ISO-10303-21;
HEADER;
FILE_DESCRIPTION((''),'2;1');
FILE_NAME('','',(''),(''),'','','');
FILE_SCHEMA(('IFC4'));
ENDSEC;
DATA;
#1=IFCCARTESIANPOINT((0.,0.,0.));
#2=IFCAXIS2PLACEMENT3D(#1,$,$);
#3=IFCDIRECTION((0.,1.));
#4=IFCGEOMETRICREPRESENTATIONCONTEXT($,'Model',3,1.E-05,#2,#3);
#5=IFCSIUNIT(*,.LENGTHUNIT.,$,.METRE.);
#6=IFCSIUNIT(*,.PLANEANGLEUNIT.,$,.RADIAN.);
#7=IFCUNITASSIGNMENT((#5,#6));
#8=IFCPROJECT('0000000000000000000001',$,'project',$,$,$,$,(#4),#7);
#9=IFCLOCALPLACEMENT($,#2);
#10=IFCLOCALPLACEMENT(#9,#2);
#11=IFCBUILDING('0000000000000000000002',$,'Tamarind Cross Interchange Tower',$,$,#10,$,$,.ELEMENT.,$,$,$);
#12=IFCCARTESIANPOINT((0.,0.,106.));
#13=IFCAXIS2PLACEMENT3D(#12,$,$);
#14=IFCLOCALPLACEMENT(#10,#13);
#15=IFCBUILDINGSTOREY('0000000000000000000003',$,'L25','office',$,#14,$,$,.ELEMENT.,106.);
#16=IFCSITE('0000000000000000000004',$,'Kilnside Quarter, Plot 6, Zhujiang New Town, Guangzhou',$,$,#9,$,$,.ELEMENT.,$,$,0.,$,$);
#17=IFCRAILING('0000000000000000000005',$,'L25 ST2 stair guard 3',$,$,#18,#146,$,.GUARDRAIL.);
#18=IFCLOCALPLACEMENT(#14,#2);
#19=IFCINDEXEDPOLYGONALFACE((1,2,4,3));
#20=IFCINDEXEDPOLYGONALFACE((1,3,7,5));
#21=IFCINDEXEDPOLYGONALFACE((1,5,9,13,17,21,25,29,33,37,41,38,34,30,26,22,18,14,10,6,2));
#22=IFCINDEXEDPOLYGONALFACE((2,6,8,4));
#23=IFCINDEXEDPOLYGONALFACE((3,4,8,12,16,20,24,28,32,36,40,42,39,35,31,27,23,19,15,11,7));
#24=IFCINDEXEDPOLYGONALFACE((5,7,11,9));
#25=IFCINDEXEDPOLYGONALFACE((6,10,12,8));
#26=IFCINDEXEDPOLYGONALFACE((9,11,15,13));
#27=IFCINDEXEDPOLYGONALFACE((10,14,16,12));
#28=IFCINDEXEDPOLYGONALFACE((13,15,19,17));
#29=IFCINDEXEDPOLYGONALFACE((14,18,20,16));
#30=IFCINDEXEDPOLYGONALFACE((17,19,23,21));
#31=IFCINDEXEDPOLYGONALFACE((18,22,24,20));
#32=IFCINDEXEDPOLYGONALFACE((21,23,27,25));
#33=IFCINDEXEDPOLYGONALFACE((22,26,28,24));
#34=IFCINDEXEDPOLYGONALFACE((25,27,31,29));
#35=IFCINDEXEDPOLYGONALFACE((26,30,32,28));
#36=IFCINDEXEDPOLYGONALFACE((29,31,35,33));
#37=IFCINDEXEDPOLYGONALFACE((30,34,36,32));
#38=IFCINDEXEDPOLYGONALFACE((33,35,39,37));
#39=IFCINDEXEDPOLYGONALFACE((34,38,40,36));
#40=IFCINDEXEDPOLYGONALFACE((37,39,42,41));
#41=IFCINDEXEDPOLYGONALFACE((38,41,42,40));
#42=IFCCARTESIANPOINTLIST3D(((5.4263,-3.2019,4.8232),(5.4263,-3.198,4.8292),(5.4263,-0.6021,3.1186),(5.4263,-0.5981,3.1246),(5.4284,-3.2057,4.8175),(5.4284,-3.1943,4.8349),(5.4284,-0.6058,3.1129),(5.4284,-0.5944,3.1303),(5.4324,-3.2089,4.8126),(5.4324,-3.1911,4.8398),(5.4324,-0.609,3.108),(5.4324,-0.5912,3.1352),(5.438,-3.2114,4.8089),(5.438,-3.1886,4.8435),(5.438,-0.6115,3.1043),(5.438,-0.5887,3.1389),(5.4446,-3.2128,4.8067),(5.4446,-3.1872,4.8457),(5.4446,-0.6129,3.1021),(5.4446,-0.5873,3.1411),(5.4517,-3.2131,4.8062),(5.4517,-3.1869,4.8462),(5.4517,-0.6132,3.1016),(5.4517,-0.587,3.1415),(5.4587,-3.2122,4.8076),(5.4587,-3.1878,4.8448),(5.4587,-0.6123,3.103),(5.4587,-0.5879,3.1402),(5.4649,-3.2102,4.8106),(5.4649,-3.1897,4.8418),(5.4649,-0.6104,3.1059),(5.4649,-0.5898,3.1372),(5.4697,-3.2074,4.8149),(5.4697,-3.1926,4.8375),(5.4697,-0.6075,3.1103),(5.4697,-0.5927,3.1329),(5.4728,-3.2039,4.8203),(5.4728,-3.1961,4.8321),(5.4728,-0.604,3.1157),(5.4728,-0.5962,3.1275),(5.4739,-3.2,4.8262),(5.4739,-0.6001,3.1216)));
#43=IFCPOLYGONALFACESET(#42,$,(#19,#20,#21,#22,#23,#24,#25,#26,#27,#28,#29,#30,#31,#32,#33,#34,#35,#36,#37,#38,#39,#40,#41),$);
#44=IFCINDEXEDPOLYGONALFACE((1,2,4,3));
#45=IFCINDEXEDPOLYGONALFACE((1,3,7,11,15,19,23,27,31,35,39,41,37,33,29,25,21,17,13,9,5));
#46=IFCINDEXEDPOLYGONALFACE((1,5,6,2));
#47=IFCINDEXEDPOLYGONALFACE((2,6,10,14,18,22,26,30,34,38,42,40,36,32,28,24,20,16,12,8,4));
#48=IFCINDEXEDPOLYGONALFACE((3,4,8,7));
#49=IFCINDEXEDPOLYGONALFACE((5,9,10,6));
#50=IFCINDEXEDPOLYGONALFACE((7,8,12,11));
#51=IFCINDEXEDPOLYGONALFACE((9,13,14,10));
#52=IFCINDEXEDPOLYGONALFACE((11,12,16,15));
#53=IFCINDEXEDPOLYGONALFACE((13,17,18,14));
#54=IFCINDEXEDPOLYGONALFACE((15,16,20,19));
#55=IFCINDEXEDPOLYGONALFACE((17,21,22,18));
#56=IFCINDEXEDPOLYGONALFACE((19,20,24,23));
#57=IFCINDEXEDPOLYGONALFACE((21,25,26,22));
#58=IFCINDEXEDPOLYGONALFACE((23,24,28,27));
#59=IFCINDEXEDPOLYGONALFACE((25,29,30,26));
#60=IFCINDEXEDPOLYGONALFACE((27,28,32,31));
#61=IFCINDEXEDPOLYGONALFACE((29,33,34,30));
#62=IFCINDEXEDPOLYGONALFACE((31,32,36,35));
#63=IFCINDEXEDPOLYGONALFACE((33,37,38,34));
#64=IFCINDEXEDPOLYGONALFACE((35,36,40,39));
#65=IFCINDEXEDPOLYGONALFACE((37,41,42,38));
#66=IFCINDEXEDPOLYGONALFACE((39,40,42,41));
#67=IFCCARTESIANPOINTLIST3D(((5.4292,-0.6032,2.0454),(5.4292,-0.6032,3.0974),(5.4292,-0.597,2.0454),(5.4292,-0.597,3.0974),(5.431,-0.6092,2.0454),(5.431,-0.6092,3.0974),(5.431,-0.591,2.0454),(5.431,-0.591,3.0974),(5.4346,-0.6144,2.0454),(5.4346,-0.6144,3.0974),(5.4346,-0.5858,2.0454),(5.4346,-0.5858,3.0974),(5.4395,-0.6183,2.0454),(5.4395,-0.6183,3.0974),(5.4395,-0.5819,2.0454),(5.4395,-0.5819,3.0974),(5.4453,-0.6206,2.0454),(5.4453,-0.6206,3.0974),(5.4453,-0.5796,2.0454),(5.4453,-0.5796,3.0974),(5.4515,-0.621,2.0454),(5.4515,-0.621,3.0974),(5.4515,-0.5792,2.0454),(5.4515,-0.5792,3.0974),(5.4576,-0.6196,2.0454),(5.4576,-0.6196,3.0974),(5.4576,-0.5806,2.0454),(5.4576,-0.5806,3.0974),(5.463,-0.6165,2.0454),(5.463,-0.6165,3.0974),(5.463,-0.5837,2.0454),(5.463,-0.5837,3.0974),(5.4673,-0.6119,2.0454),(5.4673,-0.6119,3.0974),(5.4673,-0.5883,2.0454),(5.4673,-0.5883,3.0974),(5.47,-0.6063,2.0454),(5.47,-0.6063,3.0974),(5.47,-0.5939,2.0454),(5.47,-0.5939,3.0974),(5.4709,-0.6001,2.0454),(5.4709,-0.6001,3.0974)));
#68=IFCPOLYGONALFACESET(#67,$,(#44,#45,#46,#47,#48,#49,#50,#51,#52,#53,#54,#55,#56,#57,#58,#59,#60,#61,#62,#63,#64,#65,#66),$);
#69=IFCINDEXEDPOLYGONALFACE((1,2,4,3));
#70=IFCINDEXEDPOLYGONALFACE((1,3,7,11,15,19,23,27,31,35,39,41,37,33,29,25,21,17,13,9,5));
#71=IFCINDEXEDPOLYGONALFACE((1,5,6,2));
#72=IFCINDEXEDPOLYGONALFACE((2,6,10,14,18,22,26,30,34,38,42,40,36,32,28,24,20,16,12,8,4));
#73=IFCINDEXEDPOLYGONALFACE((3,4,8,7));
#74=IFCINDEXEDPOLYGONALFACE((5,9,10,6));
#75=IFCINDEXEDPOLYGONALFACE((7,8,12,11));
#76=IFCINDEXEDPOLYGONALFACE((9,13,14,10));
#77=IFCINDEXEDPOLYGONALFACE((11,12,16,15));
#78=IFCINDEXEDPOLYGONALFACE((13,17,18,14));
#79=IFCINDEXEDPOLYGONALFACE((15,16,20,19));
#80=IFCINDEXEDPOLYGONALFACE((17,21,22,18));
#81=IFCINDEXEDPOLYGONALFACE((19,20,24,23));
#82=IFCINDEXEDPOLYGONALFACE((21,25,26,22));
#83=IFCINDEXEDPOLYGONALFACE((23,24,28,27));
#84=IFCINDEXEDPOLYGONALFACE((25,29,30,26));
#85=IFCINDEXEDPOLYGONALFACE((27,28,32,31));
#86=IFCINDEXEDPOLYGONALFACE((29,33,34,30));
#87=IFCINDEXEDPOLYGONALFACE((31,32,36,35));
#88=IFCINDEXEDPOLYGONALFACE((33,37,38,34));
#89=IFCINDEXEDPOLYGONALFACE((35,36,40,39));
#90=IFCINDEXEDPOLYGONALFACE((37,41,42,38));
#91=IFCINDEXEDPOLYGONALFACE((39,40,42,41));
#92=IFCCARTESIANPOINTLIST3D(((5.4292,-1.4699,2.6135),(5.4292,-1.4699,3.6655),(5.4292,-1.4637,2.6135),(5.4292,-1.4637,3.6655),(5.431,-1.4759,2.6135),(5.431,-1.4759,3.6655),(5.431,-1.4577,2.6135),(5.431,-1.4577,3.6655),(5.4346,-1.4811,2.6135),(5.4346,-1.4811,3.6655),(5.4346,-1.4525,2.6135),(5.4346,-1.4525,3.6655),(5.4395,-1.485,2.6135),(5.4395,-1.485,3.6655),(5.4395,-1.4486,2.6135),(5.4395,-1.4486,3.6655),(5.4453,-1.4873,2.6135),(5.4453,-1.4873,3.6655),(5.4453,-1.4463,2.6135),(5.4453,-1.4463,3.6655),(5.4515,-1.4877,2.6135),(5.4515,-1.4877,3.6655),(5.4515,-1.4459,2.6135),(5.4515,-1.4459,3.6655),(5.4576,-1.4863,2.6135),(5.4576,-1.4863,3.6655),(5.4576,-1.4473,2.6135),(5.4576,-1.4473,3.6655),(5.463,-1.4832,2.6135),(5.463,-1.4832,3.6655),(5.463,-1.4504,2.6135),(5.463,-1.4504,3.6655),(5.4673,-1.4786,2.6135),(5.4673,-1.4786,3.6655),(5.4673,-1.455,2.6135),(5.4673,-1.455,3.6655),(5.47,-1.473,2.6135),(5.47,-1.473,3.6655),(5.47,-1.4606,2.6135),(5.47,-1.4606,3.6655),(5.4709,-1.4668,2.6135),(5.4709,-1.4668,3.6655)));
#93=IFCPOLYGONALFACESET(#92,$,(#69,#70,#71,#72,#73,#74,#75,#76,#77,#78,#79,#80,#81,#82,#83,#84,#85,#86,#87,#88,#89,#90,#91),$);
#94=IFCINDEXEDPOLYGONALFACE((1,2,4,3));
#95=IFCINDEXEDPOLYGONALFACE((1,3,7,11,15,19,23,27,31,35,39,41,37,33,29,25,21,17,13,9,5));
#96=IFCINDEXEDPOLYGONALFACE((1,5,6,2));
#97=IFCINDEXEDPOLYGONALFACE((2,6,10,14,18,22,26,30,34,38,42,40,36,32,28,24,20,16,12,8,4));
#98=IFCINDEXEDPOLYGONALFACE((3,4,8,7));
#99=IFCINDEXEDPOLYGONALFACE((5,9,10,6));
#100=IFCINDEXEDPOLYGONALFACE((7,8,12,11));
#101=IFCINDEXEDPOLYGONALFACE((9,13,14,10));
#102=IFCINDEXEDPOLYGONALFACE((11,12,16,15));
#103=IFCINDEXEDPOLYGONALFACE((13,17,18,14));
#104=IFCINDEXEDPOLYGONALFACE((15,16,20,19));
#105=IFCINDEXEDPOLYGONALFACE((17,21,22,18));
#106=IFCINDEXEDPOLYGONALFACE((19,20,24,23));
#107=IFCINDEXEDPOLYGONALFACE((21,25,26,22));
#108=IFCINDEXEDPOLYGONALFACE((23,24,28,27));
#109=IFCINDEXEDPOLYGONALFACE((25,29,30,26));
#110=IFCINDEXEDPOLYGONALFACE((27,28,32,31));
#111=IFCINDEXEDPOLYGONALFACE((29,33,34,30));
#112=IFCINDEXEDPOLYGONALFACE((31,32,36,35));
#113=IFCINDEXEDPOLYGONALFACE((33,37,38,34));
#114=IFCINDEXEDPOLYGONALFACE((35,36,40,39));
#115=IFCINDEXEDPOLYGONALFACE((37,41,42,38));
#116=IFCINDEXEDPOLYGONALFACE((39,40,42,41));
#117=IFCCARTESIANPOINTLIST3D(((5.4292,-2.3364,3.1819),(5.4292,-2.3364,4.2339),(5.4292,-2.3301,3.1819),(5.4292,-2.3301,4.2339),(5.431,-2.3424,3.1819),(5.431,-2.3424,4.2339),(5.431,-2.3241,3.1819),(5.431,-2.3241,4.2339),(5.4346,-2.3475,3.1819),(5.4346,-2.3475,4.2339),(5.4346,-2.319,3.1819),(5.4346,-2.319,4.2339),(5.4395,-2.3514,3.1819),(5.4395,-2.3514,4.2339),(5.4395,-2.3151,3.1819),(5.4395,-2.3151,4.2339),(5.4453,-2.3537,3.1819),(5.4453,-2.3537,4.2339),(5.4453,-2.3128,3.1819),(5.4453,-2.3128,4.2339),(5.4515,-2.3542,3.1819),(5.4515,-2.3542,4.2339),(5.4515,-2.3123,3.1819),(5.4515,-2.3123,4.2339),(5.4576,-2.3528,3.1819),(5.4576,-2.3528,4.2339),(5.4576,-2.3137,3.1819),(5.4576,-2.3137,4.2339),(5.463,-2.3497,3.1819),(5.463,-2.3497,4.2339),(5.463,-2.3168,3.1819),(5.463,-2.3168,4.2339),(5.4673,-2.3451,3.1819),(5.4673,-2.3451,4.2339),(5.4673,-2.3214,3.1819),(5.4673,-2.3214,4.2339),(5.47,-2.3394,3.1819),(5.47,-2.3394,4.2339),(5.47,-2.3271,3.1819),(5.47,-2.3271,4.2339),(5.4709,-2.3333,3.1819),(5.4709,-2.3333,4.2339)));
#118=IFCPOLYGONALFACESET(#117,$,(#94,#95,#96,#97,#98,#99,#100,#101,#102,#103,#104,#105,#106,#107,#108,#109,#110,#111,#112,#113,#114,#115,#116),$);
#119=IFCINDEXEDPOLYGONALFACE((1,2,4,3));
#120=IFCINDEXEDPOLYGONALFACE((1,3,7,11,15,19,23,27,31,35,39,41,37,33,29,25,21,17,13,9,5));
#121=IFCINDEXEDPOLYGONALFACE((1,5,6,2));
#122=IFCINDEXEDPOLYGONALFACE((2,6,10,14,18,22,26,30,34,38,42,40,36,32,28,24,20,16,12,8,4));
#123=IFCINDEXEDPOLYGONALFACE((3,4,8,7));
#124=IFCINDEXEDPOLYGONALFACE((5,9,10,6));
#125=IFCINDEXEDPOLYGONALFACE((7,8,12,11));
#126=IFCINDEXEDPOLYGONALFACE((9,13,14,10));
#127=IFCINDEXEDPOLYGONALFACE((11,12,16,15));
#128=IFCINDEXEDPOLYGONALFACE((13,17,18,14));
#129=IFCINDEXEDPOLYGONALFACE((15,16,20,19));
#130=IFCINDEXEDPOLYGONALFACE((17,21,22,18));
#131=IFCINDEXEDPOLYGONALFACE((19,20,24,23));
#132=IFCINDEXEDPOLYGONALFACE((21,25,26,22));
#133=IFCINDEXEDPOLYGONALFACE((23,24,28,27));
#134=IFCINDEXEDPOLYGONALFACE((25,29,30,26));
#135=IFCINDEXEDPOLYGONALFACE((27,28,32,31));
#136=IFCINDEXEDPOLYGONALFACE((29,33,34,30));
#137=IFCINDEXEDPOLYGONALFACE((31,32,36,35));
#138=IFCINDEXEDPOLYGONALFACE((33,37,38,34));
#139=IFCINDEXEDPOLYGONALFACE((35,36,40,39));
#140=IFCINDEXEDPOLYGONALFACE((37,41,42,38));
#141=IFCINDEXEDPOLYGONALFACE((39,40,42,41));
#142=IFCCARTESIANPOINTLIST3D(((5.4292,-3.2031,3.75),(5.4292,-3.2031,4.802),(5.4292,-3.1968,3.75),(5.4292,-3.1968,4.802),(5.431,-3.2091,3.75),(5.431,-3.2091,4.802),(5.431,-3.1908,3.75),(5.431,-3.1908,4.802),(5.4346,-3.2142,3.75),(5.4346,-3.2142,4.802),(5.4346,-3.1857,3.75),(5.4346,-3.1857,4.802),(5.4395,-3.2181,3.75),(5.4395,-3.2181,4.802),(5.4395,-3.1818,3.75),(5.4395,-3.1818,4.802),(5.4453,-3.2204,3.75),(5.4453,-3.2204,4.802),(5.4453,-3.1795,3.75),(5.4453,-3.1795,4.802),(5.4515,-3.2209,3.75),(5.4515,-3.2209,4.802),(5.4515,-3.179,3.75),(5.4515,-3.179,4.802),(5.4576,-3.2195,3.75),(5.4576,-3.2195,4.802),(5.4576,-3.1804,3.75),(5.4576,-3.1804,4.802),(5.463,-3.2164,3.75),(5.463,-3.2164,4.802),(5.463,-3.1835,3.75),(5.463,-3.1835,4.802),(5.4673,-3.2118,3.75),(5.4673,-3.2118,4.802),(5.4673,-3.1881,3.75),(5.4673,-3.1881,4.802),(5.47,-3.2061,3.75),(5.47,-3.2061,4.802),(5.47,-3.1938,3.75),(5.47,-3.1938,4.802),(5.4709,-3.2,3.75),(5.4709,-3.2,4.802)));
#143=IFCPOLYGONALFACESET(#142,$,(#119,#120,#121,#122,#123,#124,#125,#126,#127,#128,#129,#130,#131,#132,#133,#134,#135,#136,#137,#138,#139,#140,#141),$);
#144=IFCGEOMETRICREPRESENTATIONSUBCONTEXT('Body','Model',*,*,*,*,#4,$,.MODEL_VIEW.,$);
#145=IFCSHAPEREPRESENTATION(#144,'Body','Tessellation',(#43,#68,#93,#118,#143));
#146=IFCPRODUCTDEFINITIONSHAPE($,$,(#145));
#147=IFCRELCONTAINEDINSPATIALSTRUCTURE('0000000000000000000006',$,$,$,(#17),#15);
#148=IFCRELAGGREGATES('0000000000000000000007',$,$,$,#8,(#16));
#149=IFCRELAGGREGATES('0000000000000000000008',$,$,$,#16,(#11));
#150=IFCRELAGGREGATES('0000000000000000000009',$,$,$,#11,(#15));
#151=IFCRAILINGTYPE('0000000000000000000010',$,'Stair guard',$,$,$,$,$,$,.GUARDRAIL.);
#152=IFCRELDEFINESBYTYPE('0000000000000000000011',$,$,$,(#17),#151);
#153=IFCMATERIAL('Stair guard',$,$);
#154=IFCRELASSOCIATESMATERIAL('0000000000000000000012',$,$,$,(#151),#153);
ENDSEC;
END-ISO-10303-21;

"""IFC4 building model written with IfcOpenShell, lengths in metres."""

from ifc_helpers import new_model, si_unit, direction, frame, origin, origin_2d, place, context, subcontext, project, spatial, circle, extrude, material, type_object, element, save


model = new_model("IFC4")

# Units and contexts
model_context = context("Model", 3, precision=1e-05, world=origin(), true_north=direction((0.0, 1.0)))
body_context = subcontext(model_context, "Body", "Model", "MODEL_VIEW")
ifc_project = project(units=[si_unit("LENGTHUNIT", "METRE"), si_unit("PLANEANGLEUNIT", "RADIAN")], contexts=[model_context])

# Site, building, storey
site_placement = place(None, origin())
site = spatial("IfcSite", under=ifc_project, at=site_placement, Name="Kilnside Quarter, Plot 6, Zhujiang New Town, Guangzhou", CompositionType="ELEMENT", RefElevation=0.0)
building_placement = place(site_placement, origin())
building = spatial("IfcBuilding", under=site, at=building_placement, Name="Tamarind Cross Interchange Tower", CompositionType="ELEMENT")
storey_placement = place(building_placement, frame((0.0, 0.0, 106.0)))
storey = spatial("IfcBuildingStorey", under=building, at=storey_placement, Name="L25", Description="office", CompositionType="ELEMENT", Elevation=106.0)

# Railing
ifc_material_1 = material(Name="Stair guard")
railing_type_1 = type_object("IfcRailingType", Name="Stair guard", PredefinedType="GUARDRAIL", material=ifc_material_1)
railing_1_placement = place(storey_placement, frame((5.45, -0.6001, 2.0454)))
element("IfcRailing", 1, at=railing_1_placement, inside=storey, type_object=railing_type_1, Name="L25 ST2 stair guard 3", PredefinedType="GUARDRAIL", context=body_context, shape_type="SweptSolid", body=[
    extrude(circle(Radius=0.0239, at=origin_2d()), frame((0.0, 0.0, 1.0762), z_axis=(0.0, -0.836279, 0.548305), x_axis=(1.0, 0.0, 0.0)), (0.0, 0.0, 1.0), 3.1089),
    extrude(circle(Radius=0.021, at=origin_2d()), origin(), (0.0, 0.0, 1.0), 1.052),
    extrude(circle(Radius=0.021, at=origin_2d()), frame((0.0, -0.8667, 0.5681)), (0.0, 0.0, 1.0), 1.052),
    extrude(circle(Radius=0.021, at=origin_2d()), frame((0.0, -1.7332, 1.1365)), (0.0, 0.0, 1.0), 1.052),
    extrude(circle(Radius=0.021, at=origin_2d()), frame((0.0, -2.5999, 1.7046)), (0.0, 0.0, 1.0), 1.052),
])

save(model, "model.ifc")
